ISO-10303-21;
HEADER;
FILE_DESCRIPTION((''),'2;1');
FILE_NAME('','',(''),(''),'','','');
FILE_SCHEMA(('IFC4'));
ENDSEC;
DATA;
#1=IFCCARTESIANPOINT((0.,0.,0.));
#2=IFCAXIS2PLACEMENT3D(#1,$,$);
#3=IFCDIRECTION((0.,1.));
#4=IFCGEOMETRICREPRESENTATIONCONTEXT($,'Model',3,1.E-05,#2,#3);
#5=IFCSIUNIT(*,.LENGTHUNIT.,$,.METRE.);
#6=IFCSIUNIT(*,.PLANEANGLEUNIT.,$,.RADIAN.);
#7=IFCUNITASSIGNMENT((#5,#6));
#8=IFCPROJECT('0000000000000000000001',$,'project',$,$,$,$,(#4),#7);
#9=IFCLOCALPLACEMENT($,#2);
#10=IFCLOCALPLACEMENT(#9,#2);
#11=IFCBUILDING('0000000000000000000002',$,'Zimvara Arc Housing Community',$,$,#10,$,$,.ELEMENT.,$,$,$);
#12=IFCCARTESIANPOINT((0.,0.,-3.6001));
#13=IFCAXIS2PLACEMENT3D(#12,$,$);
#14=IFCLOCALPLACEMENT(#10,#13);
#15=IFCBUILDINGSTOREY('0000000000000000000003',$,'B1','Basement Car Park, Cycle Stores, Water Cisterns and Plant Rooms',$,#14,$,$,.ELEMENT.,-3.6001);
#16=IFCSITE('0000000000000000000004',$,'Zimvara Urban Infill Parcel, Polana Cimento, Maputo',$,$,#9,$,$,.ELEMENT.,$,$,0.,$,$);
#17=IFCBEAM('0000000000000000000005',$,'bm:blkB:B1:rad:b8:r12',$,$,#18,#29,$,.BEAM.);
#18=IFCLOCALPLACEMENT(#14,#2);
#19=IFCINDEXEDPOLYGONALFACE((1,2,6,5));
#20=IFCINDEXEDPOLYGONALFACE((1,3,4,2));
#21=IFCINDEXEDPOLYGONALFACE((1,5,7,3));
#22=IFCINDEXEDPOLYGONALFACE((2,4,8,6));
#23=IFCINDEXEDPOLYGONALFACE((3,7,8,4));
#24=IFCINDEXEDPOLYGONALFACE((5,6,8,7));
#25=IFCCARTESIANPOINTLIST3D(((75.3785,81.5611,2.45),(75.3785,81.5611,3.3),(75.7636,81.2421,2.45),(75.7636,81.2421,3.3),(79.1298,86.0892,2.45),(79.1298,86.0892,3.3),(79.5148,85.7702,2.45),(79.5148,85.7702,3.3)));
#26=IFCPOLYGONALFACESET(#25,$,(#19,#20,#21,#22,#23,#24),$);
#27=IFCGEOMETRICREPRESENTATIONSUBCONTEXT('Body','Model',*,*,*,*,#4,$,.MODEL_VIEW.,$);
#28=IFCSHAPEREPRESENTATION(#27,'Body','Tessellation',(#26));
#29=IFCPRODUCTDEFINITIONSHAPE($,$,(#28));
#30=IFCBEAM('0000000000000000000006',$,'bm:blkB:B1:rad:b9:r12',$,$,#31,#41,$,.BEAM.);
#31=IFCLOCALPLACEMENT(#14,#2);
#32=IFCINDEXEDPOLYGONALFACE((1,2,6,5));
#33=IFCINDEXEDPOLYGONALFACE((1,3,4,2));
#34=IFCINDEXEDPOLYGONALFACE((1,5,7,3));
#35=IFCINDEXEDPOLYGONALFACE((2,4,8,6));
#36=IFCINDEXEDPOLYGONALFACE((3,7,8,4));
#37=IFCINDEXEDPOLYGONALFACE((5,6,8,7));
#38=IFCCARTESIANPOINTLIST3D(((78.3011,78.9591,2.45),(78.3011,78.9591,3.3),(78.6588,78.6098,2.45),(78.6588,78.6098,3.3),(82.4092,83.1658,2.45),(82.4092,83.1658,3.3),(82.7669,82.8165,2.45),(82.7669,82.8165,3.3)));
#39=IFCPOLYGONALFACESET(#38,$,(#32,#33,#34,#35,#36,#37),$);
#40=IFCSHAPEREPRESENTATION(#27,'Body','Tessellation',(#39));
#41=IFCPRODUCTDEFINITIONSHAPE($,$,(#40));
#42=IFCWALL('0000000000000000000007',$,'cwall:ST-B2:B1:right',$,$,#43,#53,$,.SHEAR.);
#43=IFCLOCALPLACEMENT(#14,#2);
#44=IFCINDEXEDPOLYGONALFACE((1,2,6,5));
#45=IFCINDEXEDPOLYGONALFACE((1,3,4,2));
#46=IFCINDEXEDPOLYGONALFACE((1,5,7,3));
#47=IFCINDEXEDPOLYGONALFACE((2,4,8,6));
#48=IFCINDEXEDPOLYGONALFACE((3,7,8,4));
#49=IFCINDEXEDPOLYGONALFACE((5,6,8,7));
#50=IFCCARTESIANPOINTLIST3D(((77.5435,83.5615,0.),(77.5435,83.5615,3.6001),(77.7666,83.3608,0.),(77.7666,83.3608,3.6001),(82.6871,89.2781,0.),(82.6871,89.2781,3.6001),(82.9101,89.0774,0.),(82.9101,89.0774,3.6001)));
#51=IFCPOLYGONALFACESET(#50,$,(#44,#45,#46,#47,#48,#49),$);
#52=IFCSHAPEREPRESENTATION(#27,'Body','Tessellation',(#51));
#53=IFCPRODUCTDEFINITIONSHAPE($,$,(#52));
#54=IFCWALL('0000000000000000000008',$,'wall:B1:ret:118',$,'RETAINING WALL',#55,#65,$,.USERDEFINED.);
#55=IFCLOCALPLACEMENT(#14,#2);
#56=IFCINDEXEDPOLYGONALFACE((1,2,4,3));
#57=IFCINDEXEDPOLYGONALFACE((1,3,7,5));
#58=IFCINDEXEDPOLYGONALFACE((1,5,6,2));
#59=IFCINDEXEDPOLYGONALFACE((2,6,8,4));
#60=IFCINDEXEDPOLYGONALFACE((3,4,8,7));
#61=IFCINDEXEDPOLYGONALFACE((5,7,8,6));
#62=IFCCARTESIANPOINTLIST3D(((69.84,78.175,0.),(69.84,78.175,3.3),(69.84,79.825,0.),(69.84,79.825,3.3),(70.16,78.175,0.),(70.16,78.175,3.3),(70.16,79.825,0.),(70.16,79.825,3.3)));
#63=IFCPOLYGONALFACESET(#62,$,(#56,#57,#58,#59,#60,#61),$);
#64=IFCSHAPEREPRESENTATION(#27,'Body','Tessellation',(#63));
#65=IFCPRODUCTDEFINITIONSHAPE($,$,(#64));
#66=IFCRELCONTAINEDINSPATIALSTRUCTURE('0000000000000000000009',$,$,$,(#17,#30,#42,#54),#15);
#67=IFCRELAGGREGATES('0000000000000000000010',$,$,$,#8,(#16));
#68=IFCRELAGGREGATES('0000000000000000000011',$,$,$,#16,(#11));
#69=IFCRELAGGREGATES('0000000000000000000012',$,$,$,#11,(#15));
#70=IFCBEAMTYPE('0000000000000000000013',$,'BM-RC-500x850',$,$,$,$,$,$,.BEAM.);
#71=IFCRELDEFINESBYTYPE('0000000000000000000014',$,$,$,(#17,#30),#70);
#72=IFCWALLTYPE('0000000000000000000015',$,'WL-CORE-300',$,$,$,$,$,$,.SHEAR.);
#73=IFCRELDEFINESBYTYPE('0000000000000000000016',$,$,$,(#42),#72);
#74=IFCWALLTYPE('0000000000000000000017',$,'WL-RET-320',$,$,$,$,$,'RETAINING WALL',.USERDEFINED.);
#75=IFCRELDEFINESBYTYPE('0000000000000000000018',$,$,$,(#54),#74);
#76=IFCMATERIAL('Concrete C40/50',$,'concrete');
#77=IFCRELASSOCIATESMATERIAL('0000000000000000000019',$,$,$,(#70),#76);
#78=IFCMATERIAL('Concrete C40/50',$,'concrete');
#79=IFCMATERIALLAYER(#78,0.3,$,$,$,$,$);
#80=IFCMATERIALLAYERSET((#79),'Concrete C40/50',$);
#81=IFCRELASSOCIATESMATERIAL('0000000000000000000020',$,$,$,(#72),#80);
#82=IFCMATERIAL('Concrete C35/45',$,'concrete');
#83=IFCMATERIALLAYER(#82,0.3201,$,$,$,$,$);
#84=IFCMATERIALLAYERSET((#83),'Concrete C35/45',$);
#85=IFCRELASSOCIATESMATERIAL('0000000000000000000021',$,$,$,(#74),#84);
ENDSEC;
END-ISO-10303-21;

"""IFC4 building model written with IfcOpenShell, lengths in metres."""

from ifc_helpers import new_model, si_unit, direction, frame, frame_2d, origin, origin_2d, place, context, subcontext, project, spatial, rectangle, extrude, material, layer, layer_set, material_profile, profile_set, type_object, element, save


model = new_model("IFC4")

# Units and contexts
model_context = context("Model", 3, precision=1e-05, world=origin(), true_north=direction((0.0, 1.0)))
body_context = subcontext(model_context, "Body", "Model", "MODEL_VIEW")
ifc_project = project(units=[si_unit("LENGTHUNIT", "METRE"), si_unit("PLANEANGLEUNIT", "RADIAN")], contexts=[model_context])

# Site, building, storey
site_placement = place(None, origin())
site = spatial("IfcSite", under=ifc_project, at=site_placement, Name="Zimvara Urban Infill Parcel, Polana Cimento, Maputo", CompositionType="ELEMENT", RefElevation=0.0)
building_placement = place(site_placement, origin())
building = spatial("IfcBuilding", under=site, at=building_placement, Name="Zimvara Arc Housing Community", CompositionType="ELEMENT")
storey_placement = place(building_placement, frame((0.0, 0.0, -3.6001)))
storey = spatial("IfcBuildingStorey", under=building, at=storey_placement, Name="B1", Description="Basement Car Park, Cycle Stores, Water Cisterns and Plant Rooms", CompositionType="ELEMENT", Elevation=-3.6001)

# Beams
ifc_material_1 = material(Name="Concrete C40/50", Category="concrete")
ifc_material_profile_1 = material_profile(ifc_material_1, rectangle(XDim=0.5, YDim=0.8501, at=origin_2d()), Name="RC 500x850")
ifc_profile_set_1 = profile_set([ifc_material_profile_1], Name="Concrete C40/50")
beam_type = type_object("IfcBeamType", Name="BM-RC-500x850", PredefinedType="BEAM", material=ifc_profile_set_1)
beam_1_placement = place(storey_placement, frame((75.571, 81.4016, 2.875), z_axis=(0.637956, 0.770073, 0.0), x_axis=(-0.770073, 0.637956, 0.0)))
element("IfcBeam", 1, at=beam_1_placement, inside=storey, type_object=beam_type, Name="bm:blkB:B1:rad:b8:r12", PredefinedType="BEAM", context=body_context, shape_type="SweptSolid", body=[
    extrude(rectangle(XDim=0.5, YDim=0.8501, at=origin_2d()), origin(), (0.0, 0.0, 1.0), 5.8801),
])
beam_2_placement = place(storey_placement, frame((78.48, 78.7844, 2.875), z_axis=(0.69867, 0.715444, 0.0), x_axis=(-0.715444, 0.69867, 0.0)))
element("IfcBeam", 2, at=beam_2_placement, inside=storey, type_object=beam_type, Name="bm:blkB:B1:rad:b9:r12", PredefinedType="BEAM", context=body_context, shape_type="SweptSolid", body=[
    extrude(rectangle(XDim=0.5, YDim=0.8501, at=origin_2d()), origin(), (0.0, 0.0, 1.0), 5.8799),
])

# Walls
ifc_material_2 = material(Name="Concrete C40/50", Category="concrete")
ifc_layer_1 = layer(ifc_material_2, 0.3)
ifc_layer_set_1 = layer_set([ifc_layer_1], Name="Concrete C40/50")
wall_type_1 = type_object("IfcWallType", Name="WL-CORE-300", PredefinedType="SHEAR", material=ifc_layer_set_1)
wall_1_placement = place(storey_placement, frame((77.655, 83.4612, 0.0), z_axis=(0.0, 0.0, 1.0), x_axis=(0.668868, 0.743381, 0.0)))
element("IfcWall", 3, at=wall_1_placement, inside=storey, type_object=wall_type_1, Name="cwall:ST-B2:B1:right", PredefinedType="SHEAR", context=body_context, shape_type="SweptSolid", body=[
    extrude(rectangle(XDim=7.6899, YDim=0.3, at=frame_2d((3.845, 0.0))), origin(), (0.0, 0.0, 1.0), 3.6001),
])
ifc_material_3 = material(Name="Concrete C35/45", Category="concrete")
ifc_layer_2 = layer(ifc_material_3, 0.3201)
ifc_layer_set_2 = layer_set([ifc_layer_2], Name="Concrete C35/45")
wall_type_2 = type_object("IfcWallType", Name="WL-RET-320", ElementType="RETAINING WALL", PredefinedType="USERDEFINED", material=ifc_layer_set_2)
wall_2_placement = place(storey_placement, frame((70.0, 79.825, 0.0), z_axis=(0.0, 0.0, 1.0), x_axis=(0.0, -1.0, 0.0)))
element("IfcWall", 4, at=wall_2_placement, inside=storey, type_object=wall_type_2, Name="wall:B1:ret:118", ObjectType="RETAINING WALL", PredefinedType="USERDEFINED", context=body_context, shape_type="SweptSolid", body=[
    extrude(rectangle(XDim=1.6499, YDim=0.3201, at=frame_2d((0.825, 0.0))), origin(), (0.0, 0.0, 1.0), 3.3),
])

save(model, "model.ifc")
